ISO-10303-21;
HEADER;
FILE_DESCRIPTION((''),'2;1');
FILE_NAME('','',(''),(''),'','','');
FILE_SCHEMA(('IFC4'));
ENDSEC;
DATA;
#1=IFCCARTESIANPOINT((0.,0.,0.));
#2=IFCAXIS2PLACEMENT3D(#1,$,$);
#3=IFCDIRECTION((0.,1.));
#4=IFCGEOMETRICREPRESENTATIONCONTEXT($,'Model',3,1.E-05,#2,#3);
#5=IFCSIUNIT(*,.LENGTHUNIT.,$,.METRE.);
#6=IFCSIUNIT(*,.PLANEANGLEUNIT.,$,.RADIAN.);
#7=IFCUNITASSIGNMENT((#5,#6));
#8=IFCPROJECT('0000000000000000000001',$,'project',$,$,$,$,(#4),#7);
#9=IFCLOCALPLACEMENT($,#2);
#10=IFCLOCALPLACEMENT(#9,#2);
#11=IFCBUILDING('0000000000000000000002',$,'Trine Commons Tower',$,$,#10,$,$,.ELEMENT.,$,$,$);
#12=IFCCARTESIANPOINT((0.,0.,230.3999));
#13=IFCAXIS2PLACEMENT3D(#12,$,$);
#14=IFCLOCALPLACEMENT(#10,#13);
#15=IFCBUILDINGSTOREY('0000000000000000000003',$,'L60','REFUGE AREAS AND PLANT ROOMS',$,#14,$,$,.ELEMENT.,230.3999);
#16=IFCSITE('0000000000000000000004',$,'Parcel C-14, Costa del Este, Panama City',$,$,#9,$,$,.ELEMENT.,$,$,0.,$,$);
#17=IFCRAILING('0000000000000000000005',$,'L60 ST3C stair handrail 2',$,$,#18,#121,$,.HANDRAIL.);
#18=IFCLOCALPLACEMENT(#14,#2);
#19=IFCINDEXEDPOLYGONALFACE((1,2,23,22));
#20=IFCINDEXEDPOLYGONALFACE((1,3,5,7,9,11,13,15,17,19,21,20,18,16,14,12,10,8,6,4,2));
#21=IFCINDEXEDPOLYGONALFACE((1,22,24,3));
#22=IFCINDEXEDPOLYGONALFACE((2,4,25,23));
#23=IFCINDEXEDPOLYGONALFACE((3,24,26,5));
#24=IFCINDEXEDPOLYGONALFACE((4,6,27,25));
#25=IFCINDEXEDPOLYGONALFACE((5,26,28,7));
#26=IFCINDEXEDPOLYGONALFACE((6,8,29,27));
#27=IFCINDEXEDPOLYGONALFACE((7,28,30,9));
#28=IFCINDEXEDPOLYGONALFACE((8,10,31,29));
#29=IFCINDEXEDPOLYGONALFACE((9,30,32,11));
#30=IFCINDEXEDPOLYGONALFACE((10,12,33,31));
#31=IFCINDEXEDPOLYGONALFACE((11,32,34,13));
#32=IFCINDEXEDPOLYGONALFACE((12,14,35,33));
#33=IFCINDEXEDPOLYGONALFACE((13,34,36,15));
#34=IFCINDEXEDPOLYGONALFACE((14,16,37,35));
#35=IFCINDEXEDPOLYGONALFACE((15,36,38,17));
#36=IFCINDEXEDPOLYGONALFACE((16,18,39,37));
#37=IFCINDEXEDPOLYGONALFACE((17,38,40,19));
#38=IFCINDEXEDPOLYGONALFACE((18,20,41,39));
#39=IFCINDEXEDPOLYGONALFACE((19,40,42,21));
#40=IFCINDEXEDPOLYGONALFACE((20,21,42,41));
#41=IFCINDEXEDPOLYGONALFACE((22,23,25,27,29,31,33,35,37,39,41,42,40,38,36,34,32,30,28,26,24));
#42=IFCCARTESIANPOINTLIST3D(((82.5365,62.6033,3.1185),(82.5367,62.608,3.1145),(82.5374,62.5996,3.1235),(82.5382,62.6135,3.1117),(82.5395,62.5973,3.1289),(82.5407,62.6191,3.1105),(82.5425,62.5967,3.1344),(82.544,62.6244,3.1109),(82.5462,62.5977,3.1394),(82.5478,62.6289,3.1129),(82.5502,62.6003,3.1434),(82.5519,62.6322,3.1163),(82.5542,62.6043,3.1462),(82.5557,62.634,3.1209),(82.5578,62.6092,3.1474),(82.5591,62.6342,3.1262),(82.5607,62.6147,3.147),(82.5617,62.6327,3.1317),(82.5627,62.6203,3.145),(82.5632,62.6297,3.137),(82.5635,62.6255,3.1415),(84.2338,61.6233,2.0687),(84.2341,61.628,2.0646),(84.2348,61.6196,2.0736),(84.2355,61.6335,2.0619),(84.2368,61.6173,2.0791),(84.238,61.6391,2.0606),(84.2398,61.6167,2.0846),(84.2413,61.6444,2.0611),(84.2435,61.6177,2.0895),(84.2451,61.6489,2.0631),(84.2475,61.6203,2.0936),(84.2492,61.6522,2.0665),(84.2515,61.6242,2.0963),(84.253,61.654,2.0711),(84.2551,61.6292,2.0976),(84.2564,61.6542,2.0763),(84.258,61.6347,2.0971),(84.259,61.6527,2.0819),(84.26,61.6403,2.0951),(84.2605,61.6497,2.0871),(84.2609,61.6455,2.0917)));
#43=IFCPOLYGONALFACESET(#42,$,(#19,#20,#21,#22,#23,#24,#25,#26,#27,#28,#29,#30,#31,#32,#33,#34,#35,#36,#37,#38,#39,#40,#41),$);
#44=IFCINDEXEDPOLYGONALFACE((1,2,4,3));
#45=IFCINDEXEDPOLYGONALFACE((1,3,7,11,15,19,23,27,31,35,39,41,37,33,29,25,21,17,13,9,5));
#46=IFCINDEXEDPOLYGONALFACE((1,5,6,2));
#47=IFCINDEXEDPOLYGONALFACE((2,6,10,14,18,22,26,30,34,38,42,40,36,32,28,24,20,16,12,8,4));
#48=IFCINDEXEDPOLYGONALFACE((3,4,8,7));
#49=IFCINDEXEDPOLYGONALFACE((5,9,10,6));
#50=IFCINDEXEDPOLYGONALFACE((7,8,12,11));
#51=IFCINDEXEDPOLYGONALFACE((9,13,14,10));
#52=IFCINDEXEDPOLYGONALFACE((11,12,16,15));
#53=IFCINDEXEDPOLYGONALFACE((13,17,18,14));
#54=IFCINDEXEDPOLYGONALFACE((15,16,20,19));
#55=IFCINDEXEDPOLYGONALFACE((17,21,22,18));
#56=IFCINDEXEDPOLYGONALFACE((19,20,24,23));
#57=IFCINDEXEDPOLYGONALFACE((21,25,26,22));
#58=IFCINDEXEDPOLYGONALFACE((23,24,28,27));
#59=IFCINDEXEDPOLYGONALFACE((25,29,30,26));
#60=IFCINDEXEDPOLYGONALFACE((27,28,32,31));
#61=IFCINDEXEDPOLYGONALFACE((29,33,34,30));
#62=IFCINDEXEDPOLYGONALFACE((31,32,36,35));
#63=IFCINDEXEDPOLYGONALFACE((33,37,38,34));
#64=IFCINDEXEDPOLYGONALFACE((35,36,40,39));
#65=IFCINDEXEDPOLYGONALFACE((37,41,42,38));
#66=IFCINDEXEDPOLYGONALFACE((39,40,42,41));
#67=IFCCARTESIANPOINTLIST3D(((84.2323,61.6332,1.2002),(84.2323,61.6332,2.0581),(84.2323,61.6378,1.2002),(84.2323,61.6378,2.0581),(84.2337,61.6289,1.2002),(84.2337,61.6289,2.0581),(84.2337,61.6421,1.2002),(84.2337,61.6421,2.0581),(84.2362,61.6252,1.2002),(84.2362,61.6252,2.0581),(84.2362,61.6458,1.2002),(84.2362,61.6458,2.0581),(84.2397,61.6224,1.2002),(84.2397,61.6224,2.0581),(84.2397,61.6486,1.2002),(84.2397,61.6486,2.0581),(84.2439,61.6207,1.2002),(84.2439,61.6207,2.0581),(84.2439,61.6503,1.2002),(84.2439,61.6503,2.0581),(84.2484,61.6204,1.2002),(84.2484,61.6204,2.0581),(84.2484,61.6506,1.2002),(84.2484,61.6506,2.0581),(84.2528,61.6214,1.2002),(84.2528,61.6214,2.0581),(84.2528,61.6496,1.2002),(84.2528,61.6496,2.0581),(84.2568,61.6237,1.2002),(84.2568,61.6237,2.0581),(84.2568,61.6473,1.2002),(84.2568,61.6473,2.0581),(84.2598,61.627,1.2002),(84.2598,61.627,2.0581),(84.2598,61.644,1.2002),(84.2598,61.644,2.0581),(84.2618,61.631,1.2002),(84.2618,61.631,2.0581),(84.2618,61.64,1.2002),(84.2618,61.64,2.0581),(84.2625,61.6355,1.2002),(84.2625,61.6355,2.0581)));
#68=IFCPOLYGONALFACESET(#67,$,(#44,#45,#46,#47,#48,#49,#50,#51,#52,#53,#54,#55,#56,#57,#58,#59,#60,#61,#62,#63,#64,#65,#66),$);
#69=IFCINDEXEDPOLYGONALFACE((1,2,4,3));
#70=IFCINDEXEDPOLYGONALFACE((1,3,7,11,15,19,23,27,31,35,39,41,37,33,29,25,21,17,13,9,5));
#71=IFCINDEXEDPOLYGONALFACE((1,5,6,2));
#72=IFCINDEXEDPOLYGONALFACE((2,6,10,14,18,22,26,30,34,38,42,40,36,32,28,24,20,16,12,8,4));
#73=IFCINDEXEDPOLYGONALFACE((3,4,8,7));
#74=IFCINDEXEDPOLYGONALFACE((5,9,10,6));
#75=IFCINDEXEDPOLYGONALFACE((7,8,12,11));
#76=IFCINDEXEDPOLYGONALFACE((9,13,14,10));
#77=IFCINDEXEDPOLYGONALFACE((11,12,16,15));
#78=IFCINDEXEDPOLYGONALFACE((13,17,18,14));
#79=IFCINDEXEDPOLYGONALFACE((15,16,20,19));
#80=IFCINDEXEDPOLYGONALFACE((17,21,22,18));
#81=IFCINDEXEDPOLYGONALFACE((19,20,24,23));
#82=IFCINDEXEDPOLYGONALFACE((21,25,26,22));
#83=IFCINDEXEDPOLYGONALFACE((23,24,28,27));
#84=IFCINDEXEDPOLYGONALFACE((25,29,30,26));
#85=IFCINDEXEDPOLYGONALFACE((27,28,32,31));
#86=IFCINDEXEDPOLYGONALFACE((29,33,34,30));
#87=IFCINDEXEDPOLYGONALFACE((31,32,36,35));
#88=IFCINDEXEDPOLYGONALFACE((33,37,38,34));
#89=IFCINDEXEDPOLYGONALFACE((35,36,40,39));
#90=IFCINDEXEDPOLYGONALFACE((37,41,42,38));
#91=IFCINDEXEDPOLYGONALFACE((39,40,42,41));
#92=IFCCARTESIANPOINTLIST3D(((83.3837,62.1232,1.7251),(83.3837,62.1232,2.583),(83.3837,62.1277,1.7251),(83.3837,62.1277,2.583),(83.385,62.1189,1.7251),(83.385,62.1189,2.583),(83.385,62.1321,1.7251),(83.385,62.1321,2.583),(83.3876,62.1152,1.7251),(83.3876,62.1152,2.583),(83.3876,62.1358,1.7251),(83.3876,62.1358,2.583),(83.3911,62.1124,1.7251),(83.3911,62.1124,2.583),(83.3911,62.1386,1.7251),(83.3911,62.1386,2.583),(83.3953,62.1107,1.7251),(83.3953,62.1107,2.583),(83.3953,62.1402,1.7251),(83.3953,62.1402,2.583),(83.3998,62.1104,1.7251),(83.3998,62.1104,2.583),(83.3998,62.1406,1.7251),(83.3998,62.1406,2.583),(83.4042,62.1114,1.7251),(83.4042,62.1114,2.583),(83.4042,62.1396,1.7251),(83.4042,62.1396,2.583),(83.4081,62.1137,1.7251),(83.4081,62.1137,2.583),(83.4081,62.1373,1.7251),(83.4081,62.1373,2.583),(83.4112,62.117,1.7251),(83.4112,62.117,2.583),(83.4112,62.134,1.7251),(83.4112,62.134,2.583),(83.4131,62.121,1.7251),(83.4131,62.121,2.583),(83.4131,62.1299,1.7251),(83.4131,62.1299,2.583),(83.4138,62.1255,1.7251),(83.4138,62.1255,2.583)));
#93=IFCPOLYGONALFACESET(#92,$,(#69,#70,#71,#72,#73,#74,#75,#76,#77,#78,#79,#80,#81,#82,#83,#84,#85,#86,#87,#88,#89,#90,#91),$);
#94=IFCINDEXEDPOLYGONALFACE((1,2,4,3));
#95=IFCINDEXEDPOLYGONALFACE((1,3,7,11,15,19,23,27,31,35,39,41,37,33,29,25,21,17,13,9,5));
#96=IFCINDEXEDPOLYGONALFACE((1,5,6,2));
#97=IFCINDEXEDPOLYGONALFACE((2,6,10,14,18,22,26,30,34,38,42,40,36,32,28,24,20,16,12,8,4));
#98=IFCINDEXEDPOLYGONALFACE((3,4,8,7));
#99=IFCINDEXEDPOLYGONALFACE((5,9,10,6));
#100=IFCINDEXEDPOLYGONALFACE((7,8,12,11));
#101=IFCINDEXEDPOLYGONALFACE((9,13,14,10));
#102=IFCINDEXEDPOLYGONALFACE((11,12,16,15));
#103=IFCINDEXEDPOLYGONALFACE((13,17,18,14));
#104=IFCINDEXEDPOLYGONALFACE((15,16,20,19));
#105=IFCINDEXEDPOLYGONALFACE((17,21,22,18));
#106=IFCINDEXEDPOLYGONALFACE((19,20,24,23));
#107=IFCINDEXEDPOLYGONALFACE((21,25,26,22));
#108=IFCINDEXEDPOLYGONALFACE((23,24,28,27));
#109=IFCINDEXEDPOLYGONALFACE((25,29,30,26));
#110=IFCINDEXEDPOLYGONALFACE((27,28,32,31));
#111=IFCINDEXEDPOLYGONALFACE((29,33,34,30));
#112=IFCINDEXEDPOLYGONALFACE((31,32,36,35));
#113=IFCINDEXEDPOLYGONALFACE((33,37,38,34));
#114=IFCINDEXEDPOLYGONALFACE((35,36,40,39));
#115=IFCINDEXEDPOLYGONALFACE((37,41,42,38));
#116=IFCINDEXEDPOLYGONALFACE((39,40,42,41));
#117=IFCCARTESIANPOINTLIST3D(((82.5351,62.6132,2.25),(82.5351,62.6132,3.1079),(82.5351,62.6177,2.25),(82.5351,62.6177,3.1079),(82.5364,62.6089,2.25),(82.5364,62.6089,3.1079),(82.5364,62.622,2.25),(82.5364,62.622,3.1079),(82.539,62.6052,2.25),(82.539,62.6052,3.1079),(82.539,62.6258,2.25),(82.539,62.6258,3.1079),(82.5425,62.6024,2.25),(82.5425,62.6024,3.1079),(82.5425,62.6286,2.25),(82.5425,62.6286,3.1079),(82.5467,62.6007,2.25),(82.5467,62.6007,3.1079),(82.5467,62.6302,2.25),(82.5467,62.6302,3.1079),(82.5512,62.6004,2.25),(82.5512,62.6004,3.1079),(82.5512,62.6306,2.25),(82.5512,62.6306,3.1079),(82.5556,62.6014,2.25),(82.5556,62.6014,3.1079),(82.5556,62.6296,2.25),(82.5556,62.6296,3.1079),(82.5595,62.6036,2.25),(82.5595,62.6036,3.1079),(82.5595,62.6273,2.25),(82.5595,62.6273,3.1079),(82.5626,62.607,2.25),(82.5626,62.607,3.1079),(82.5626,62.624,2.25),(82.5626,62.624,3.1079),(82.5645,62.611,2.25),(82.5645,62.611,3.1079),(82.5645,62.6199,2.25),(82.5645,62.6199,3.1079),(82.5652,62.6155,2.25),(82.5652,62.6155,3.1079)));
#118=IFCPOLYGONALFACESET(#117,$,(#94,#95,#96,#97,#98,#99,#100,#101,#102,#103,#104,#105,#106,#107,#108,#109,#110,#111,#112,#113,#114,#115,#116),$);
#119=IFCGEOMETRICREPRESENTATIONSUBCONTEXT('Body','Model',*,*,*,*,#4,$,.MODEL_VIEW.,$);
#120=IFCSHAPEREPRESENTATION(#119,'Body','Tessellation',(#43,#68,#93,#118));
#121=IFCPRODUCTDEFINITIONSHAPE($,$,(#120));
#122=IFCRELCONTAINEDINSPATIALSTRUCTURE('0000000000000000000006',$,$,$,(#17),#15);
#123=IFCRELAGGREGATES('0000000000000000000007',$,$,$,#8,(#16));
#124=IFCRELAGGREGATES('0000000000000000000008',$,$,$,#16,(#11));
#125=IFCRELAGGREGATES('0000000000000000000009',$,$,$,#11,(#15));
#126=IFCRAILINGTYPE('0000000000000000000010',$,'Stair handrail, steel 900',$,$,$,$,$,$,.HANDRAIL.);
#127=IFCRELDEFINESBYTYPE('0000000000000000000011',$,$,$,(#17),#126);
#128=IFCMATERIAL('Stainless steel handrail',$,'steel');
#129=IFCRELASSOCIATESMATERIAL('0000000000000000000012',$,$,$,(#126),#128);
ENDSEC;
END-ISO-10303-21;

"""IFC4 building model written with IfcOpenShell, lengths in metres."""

from ifc_helpers import new_model, si_unit, direction, frame, origin, origin_2d, place, context, subcontext, project, spatial, circle, extrude, material, type_object, element, save


model = new_model("IFC4")

# Units and contexts
model_context = context("Model", 3, precision=1e-05, world=origin(), true_north=direction((0.0, 1.0)))
body_context = subcontext(model_context, "Body", "Model", "MODEL_VIEW")
ifc_project = project(units=[si_unit("LENGTHUNIT", "METRE"), si_unit("PLANEANGLEUNIT", "RADIAN")], contexts=[model_context])

# Site, building, storey
site_placement = place(None, origin())
site = spatial("IfcSite", under=ifc_project, at=site_placement, Name="Parcel C-14, Costa del Este, Panama City", CompositionType="ELEMENT", RefElevation=0.0)
building_placement = place(site_placement, origin())
building = spatial("IfcBuilding", under=site, at=building_placement, Name="Trine Commons Tower", CompositionType="ELEMENT")
storey_placement = place(building_placement, frame((0.0, 0.0, 230.3999)))
storey = spatial("IfcBuildingStorey", under=building, at=storey_placement, Name="L60", Description="REFUGE AREAS AND PLANT ROOMS", CompositionType="ELEMENT", Elevation=230.3999)

# Railing
ifc_material_1 = material(Name="Stainless steel handrail", Category="steel")
railing_type_1 = type_object("IfcRailingType", Name="Stair handrail, steel 900", PredefinedType="HANDRAIL", material=ifc_material_1)
railing_1_placement = place(storey_placement, frame((84.2473, 61.6355, 1.2002)))
element("IfcRailing", 1, at=railing_1_placement, inside=storey, type_object=railing_type_1, Name="L60 ST3C stair handrail 2", PredefinedType="HANDRAIL", context=body_context, shape_type="SweptSolid", body=[
    extrude(circle(Radius=0.021, at=origin_2d()), frame((0.0, 0.0, 0.8789), z_axis=(-0.763392, 0.440773, 0.472178), x_axis=(-0.500024, -0.866011, 0.0)), (0.0, 0.0, 1.0), 2.2234),
    extrude(circle(Radius=0.0151, at=origin_2d()), origin(), (0.0, 0.0, 1.0), 0.8579),
    extrude(circle(Radius=0.0151, at=origin_2d()), frame((-0.8486, 0.49, 0.5249)), (0.0, 0.0, 1.0), 0.8579),
    extrude(circle(Radius=0.0151, at=origin_2d()), frame((-1.6973, 0.98, 1.0498)), (0.0, 0.0, 1.0), 0.8579),
])

save(model, "model.ifc")
